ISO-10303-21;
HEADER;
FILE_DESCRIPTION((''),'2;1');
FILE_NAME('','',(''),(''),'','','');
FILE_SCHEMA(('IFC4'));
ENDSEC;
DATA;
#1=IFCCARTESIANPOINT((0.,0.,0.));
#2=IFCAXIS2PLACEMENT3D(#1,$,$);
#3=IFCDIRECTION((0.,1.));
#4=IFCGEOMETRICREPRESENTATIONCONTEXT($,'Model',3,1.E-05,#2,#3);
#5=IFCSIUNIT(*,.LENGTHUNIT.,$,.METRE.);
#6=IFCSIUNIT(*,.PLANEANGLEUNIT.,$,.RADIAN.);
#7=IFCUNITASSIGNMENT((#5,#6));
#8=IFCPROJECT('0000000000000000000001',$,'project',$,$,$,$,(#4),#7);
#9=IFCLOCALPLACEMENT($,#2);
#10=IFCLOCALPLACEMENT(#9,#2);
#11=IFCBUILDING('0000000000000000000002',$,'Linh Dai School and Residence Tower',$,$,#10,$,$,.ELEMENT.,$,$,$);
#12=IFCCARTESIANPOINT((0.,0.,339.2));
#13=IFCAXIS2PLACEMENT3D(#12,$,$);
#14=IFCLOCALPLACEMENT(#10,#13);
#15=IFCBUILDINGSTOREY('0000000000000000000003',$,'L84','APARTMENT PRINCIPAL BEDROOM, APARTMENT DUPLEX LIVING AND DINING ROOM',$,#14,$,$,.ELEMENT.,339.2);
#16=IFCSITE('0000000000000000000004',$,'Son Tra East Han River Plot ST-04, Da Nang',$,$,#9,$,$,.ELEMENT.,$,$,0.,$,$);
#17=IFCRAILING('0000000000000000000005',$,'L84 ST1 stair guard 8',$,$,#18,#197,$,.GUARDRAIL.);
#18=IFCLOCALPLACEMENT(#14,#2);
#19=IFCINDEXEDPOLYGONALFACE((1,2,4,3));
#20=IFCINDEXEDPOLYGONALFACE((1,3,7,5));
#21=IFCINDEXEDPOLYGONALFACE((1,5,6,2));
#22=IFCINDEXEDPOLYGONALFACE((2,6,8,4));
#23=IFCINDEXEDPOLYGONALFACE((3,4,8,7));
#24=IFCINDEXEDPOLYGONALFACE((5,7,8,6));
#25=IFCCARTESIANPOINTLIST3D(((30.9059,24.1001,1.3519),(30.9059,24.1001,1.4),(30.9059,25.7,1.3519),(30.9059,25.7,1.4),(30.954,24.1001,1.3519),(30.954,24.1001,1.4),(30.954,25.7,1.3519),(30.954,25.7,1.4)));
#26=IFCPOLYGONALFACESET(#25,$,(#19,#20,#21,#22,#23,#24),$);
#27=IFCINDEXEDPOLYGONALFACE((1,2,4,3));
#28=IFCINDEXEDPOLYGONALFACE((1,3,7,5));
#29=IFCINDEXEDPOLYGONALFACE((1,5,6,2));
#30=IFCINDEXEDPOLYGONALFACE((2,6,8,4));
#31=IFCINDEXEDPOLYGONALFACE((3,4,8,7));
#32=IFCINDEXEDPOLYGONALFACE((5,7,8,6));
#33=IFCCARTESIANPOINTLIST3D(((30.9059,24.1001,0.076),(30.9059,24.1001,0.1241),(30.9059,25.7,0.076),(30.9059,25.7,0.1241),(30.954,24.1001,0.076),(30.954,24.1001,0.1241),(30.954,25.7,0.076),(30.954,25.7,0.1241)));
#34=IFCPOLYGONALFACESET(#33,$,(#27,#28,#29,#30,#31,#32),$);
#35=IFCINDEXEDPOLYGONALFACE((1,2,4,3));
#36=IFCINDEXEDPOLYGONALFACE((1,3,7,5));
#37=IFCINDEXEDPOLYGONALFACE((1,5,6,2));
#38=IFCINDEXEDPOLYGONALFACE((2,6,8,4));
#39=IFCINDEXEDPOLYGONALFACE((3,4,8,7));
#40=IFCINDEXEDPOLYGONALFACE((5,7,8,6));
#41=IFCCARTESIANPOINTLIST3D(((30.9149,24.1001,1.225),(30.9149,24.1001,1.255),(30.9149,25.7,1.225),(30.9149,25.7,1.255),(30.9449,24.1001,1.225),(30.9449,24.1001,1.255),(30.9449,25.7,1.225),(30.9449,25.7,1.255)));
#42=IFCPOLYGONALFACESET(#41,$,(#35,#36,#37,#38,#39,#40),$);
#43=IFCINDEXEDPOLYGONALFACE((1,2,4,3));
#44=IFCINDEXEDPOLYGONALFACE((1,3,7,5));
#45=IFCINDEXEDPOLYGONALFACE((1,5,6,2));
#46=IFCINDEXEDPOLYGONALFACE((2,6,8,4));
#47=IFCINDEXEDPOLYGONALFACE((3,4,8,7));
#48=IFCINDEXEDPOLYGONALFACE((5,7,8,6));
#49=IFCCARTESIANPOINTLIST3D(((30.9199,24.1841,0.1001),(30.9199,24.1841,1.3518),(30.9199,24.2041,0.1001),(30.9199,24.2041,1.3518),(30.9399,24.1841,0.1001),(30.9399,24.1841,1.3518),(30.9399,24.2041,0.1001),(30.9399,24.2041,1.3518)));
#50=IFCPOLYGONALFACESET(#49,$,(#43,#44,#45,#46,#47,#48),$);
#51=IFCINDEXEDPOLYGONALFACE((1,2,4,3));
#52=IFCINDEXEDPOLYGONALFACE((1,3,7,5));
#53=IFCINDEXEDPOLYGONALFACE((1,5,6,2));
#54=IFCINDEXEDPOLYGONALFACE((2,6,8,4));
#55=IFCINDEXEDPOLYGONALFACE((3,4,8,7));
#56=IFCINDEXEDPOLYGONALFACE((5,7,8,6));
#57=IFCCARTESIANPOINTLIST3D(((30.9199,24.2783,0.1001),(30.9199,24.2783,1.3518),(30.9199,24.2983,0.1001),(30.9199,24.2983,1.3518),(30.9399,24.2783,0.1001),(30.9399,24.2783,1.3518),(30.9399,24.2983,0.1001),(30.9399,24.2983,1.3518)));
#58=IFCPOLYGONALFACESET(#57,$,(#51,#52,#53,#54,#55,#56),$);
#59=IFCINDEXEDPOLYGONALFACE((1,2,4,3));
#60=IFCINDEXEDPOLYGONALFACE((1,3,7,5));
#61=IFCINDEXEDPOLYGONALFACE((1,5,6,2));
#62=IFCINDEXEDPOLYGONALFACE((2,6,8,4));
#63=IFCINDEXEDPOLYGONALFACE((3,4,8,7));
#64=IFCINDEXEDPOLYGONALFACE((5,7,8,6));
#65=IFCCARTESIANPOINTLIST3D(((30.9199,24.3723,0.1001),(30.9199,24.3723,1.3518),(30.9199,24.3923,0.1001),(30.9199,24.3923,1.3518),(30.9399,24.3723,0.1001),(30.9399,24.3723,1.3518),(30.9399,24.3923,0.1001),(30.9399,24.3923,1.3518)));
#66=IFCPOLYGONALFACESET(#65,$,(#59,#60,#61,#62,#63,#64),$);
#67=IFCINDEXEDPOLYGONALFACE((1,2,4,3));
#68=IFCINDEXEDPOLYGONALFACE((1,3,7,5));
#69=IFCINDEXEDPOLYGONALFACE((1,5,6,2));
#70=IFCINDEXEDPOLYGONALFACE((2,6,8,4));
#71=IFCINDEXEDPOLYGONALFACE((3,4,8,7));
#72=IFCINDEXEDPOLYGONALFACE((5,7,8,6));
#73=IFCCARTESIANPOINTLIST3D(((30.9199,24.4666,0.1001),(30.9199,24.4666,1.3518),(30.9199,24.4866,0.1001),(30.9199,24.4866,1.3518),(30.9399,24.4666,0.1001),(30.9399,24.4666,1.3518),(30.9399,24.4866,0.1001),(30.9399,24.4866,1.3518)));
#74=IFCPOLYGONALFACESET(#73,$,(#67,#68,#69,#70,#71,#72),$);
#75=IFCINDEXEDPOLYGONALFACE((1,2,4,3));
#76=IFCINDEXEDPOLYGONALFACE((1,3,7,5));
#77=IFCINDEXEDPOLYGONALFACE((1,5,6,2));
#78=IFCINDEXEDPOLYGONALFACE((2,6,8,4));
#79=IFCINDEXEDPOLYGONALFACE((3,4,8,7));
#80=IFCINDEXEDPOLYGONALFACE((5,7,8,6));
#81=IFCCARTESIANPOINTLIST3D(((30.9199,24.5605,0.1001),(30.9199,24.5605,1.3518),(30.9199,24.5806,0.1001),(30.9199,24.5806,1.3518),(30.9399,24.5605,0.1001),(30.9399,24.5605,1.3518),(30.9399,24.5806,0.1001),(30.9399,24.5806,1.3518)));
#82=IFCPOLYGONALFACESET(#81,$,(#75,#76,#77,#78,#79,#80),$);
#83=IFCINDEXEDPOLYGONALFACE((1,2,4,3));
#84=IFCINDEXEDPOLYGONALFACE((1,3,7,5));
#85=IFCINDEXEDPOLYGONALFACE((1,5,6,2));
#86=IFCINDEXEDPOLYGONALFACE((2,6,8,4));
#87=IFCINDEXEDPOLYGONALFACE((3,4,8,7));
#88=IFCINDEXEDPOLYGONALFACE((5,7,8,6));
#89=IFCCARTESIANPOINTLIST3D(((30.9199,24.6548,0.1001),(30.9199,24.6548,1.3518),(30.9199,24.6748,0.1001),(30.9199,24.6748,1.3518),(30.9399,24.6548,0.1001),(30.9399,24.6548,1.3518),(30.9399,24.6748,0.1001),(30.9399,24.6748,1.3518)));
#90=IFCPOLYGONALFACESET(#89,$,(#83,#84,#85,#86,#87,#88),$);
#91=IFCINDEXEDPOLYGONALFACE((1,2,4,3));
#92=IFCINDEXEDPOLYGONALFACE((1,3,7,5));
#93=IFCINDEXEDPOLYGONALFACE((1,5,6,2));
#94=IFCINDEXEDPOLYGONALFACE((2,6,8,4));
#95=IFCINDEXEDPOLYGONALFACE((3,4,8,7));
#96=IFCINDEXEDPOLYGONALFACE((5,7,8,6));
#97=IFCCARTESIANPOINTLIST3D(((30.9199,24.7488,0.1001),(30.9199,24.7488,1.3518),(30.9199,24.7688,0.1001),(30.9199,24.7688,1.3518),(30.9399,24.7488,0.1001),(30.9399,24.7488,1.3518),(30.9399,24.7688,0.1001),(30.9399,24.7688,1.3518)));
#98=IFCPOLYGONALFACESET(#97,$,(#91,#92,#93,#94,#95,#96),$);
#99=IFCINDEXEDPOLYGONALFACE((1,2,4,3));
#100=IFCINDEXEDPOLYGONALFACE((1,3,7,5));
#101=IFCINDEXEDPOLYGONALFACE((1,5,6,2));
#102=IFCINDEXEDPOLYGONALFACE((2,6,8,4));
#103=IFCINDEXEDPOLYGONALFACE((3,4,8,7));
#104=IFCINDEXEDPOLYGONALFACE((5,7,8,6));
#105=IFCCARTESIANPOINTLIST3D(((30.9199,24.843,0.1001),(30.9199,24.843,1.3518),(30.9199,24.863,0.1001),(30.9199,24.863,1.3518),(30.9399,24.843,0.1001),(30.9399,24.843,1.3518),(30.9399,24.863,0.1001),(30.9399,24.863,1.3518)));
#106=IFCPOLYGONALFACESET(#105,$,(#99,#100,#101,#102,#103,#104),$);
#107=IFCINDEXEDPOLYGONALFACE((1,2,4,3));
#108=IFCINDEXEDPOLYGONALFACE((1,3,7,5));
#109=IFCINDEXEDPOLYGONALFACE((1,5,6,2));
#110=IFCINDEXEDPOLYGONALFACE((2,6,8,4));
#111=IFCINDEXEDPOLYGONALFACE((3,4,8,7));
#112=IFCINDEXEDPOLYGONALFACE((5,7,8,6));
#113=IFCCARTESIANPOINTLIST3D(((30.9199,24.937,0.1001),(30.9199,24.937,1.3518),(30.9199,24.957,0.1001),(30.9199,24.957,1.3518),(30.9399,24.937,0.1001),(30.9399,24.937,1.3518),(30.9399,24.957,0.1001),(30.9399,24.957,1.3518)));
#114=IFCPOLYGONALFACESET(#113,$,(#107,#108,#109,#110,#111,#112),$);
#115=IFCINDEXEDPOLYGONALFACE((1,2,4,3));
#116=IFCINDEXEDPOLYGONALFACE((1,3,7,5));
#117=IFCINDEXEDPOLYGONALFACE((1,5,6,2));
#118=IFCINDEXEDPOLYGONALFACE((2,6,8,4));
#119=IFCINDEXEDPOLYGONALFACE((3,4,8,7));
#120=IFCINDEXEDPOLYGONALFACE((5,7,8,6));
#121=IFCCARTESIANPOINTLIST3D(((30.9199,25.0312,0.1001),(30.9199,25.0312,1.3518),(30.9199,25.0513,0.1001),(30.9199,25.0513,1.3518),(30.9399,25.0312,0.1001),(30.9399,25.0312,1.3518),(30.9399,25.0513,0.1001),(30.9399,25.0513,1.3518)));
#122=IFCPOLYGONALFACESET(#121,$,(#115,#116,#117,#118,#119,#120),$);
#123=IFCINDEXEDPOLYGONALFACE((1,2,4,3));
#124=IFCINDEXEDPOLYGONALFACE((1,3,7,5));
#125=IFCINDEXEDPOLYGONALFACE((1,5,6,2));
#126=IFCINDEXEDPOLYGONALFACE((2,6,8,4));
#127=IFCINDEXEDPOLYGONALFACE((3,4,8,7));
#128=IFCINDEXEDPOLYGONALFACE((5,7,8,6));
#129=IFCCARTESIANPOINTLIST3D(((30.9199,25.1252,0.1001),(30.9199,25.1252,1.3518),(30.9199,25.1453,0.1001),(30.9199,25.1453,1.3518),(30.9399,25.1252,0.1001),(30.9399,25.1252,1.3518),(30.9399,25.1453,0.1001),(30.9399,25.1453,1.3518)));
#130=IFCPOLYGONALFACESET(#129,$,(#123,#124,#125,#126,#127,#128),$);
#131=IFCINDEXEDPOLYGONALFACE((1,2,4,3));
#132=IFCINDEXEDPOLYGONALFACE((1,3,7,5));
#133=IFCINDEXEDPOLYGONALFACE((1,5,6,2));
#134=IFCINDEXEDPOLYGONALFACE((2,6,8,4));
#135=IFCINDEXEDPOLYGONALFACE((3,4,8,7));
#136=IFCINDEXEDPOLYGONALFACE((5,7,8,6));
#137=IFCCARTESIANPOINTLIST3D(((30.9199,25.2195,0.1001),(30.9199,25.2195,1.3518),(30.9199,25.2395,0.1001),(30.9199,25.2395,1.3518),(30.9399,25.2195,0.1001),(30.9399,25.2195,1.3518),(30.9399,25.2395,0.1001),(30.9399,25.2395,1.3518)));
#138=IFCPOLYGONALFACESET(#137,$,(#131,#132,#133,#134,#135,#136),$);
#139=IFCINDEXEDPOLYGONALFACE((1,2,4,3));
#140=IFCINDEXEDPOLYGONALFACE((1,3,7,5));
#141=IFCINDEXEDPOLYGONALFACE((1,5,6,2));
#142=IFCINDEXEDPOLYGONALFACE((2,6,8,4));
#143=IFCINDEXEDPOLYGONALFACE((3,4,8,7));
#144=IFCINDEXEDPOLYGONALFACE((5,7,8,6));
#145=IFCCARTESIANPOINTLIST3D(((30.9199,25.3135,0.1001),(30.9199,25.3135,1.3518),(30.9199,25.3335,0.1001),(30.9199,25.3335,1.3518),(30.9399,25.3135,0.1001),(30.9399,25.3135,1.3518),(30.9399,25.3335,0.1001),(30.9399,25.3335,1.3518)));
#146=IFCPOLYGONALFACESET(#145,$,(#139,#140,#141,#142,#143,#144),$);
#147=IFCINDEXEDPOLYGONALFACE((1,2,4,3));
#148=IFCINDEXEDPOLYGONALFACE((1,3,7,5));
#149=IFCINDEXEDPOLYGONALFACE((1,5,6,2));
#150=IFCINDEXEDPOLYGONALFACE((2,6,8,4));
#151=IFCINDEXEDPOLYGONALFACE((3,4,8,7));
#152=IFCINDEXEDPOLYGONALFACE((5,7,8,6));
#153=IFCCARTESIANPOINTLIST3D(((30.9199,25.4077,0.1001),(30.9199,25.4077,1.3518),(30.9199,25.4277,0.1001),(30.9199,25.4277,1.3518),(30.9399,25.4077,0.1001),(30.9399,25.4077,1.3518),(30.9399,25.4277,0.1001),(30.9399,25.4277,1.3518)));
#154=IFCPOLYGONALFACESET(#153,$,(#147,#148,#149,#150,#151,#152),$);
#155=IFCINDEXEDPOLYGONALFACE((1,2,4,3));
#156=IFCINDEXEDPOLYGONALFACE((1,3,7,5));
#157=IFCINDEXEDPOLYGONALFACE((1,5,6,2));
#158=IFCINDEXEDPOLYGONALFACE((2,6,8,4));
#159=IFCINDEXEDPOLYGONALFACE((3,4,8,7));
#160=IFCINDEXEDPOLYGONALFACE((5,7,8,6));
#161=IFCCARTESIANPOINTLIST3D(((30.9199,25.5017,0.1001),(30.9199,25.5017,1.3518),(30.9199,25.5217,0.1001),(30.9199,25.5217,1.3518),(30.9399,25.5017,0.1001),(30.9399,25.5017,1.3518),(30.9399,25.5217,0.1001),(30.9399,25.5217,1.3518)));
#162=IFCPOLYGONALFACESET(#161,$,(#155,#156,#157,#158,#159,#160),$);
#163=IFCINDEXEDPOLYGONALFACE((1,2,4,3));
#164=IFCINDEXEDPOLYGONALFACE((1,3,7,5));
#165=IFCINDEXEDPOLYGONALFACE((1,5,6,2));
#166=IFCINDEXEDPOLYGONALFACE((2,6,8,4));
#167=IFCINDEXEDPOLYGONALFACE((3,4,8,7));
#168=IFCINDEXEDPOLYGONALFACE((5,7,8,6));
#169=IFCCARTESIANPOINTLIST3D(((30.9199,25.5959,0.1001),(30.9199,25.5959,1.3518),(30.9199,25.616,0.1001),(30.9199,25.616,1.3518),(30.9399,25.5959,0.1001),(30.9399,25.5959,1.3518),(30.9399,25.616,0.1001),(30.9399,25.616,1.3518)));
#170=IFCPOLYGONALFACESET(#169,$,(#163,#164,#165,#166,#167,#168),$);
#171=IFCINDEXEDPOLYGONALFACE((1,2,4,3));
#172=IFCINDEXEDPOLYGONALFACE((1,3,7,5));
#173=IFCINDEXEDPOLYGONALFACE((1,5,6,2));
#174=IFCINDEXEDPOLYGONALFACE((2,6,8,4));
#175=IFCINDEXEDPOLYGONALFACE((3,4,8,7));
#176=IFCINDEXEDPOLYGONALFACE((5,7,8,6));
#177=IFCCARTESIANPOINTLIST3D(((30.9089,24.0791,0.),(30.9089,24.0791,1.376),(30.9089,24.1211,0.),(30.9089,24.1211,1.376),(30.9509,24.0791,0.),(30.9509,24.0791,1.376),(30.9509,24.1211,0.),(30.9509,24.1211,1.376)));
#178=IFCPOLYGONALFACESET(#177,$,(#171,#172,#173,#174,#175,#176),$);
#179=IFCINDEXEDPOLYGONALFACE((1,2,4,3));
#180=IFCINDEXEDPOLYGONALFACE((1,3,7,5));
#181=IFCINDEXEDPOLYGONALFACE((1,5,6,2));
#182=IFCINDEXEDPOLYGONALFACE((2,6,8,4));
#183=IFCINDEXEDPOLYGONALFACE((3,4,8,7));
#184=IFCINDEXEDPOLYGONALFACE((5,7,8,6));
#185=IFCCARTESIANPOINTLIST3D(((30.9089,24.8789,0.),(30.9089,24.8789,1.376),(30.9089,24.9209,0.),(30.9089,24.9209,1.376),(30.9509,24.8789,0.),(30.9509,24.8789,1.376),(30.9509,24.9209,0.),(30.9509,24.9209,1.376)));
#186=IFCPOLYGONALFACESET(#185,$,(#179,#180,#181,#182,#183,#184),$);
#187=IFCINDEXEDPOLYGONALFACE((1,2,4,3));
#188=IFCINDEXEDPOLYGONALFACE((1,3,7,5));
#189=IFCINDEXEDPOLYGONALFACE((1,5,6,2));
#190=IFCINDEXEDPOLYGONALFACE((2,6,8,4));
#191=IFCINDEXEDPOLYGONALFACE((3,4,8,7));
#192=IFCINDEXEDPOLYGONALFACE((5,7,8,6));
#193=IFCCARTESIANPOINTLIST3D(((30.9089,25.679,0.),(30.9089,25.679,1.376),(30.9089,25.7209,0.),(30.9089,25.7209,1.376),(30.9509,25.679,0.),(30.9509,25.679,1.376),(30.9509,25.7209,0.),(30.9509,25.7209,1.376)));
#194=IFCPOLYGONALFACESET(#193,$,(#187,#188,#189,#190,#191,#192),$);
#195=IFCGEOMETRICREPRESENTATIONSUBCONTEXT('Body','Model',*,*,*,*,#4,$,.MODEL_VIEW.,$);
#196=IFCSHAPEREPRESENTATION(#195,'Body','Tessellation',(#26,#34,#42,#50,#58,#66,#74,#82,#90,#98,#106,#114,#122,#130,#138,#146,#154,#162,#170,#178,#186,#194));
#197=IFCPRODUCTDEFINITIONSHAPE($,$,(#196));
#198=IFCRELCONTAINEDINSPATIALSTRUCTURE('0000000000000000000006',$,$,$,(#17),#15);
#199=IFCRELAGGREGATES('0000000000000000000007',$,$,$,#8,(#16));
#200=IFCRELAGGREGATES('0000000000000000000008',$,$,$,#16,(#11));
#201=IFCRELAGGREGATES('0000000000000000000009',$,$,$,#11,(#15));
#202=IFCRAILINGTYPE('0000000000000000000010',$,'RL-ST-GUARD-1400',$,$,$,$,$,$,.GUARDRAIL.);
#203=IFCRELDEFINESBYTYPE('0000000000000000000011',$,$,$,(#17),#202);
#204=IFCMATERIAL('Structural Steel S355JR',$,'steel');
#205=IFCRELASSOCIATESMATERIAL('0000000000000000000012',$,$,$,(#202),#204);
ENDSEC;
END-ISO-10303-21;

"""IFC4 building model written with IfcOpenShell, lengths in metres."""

from ifc_helpers import new_model, si_unit, direction, frame, origin, origin_2d, place, context, subcontext, project, spatial, rectangle, extrude, source, transform, mapped, material, type_object, element, save


model = new_model("IFC4")

# Units and contexts
model_context = context("Model", 3, precision=1e-05, world=origin(), true_north=direction((0.0, 1.0)))
body_context = subcontext(model_context, "Body", "Model", "MODEL_VIEW")
ifc_project = project(units=[si_unit("LENGTHUNIT", "METRE"), si_unit("PLANEANGLEUNIT", "RADIAN")], contexts=[model_context])

# Site, building, storey
site_placement = place(None, origin())
site = spatial("IfcSite", under=ifc_project, at=site_placement, Name="Son Tra East Han River Plot ST-04, Da Nang", CompositionType="ELEMENT", RefElevation=0.0)
building_placement = place(site_placement, origin())
building = spatial("IfcBuilding", under=site, at=building_placement, Name="Linh Dai School and Residence Tower", CompositionType="ELEMENT")
storey_placement = place(building_placement, frame((0.0, 0.0, 339.2)))
storey = spatial("IfcBuildingStorey", under=building, at=storey_placement, Name="L84", Description="APARTMENT PRINCIPAL BEDROOM, APARTMENT DUPLEX LIVING AND DINING ROOM", CompositionType="ELEMENT", Elevation=339.2)

# Shared definitions
ifc_material_1 = material(Name="Structural Steel S355JR", Category="steel")

# Railing
railing_type_1 = type_object("IfcRailingType", Name="RL-ST-GUARD-1400", PredefinedType="GUARDRAIL", material=ifc_material_1)
shared_shape_1 = source(origin(), body_context, "Body", "SweptSolid", [
    extrude(rectangle(XDim=0.0481, YDim=0.0481, at=origin_2d()), frame((0.0, 0.0, 1.376), z_axis=(0.0, 1.0, 0.0), x_axis=(-1.0, 0.0, 0.0)), (0.0, 0.0, 1.0), 1.5999),
    extrude(rectangle(XDim=0.0481, YDim=0.0481, at=origin_2d()), frame((0.0, 0.0, 0.1001), z_axis=(0.0, 1.0, 0.0), x_axis=(-1.0, 0.0, 0.0)), (0.0, 0.0, 1.0), 1.5999),
    extrude(rectangle(XDim=0.03, YDim=0.03, at=origin_2d()), frame((0.0, 0.0, 1.24), z_axis=(0.0, 1.0, 0.0), x_axis=(-1.0, 0.0, 0.0)), (0.0, 0.0, 1.0), 1.5999),
    extrude(rectangle(XDim=0.02, YDim=0.02, at=origin_2d()), frame((0.0, 0.094, 0.1001)), (0.0, 0.0, 1.0), 1.2517),
    extrude(rectangle(XDim=0.02, YDim=0.02, at=origin_2d()), frame((0.0, 0.1882, 0.1001)), (0.0, 0.0, 1.0), 1.2517),
    extrude(rectangle(XDim=0.02, YDim=0.02, at=origin_2d()), frame((0.0, 0.2822, 0.1001)), (0.0, 0.0, 1.0), 1.2517),
    extrude(rectangle(XDim=0.02, YDim=0.02, at=origin_2d()), frame((0.0, 0.3765, 0.1001)), (0.0, 0.0, 1.0), 1.2517),
    extrude(rectangle(XDim=0.02, YDim=0.02, at=origin_2d()), frame((0.0, 0.4705, 0.1001)), (0.0, 0.0, 1.0), 1.2517),
    extrude(rectangle(XDim=0.02, YDim=0.02, at=origin_2d()), frame((0.0, 0.5647, 0.1001)), (0.0, 0.0, 1.0), 1.2517),
    extrude(rectangle(XDim=0.02, YDim=0.02, at=origin_2d()), frame((0.0, 0.6587, 0.1001)), (0.0, 0.0, 1.0), 1.2517),
    extrude(rectangle(XDim=0.02, YDim=0.02, at=origin_2d()), frame((0.0, 0.7529, 0.1001)), (0.0, 0.0, 1.0), 1.2517),
    extrude(rectangle(XDim=0.02, YDim=0.02, at=origin_2d()), frame((0.0, 0.8469, 0.1001)), (0.0, 0.0, 1.0), 1.2517),
    extrude(rectangle(XDim=0.02, YDim=0.02, at=origin_2d()), frame((0.0, 0.9412, 0.1001)), (0.0, 0.0, 1.0), 1.2517),
    extrude(rectangle(XDim=0.02, YDim=0.02, at=origin_2d()), frame((0.0, 1.0352, 0.1001)), (0.0, 0.0, 1.0), 1.2517),
    extrude(rectangle(XDim=0.02, YDim=0.02, at=origin_2d()), frame((0.0, 1.1294, 0.1001)), (0.0, 0.0, 1.0), 1.2517),
    extrude(rectangle(XDim=0.02, YDim=0.02, at=origin_2d()), frame((0.0, 1.2234, 0.1001)), (0.0, 0.0, 1.0), 1.2517),
    extrude(rectangle(XDim=0.02, YDim=0.02, at=origin_2d()), frame((0.0, 1.3176, 0.1001)), (0.0, 0.0, 1.0), 1.2517),
    extrude(rectangle(XDim=0.02, YDim=0.02, at=origin_2d()), frame((0.0, 1.4116, 0.1001)), (0.0, 0.0, 1.0), 1.2517),
    extrude(rectangle(XDim=0.02, YDim=0.02, at=origin_2d()), frame((0.0, 1.5059, 0.1001)), (0.0, 0.0, 1.0), 1.2517),
    extrude(rectangle(XDim=0.042, YDim=0.042, at=origin_2d()), origin(), (0.0, 0.0, 1.0), 1.376),
    extrude(rectangle(XDim=0.042, YDim=0.042, at=origin_2d()), frame((0.0, 0.7998, 0.0)), (0.0, 0.0, 1.0), 1.376),
    extrude(rectangle(XDim=0.042, YDim=0.042, at=origin_2d()), frame((0.0, 1.5999, 0.0)), (0.0, 0.0, 1.0), 1.376),
])
for number, where, name in (
    (1, (30.9299, 24.1001, 0.0), "L84 ST1 stair guard 8"),
):
    element("IfcRailing", number, at=place(storey_placement, frame(where)), inside=storey, type_object=railing_type_1, Name=name, PredefinedType="GUARDRAIL", context=body_context, shape_type="MappedRepresentation", body=[
        mapped(shared_shape_1, transform((0.0, 0.0, 0.0), x_axis=(1.0, 0.0, 0.0), y_axis=(0.0, 1.0, 0.0), z_axis=(0.0, 0.0, 1.0), scale=1.0)),
    ])

save(model, "model.ifc")
